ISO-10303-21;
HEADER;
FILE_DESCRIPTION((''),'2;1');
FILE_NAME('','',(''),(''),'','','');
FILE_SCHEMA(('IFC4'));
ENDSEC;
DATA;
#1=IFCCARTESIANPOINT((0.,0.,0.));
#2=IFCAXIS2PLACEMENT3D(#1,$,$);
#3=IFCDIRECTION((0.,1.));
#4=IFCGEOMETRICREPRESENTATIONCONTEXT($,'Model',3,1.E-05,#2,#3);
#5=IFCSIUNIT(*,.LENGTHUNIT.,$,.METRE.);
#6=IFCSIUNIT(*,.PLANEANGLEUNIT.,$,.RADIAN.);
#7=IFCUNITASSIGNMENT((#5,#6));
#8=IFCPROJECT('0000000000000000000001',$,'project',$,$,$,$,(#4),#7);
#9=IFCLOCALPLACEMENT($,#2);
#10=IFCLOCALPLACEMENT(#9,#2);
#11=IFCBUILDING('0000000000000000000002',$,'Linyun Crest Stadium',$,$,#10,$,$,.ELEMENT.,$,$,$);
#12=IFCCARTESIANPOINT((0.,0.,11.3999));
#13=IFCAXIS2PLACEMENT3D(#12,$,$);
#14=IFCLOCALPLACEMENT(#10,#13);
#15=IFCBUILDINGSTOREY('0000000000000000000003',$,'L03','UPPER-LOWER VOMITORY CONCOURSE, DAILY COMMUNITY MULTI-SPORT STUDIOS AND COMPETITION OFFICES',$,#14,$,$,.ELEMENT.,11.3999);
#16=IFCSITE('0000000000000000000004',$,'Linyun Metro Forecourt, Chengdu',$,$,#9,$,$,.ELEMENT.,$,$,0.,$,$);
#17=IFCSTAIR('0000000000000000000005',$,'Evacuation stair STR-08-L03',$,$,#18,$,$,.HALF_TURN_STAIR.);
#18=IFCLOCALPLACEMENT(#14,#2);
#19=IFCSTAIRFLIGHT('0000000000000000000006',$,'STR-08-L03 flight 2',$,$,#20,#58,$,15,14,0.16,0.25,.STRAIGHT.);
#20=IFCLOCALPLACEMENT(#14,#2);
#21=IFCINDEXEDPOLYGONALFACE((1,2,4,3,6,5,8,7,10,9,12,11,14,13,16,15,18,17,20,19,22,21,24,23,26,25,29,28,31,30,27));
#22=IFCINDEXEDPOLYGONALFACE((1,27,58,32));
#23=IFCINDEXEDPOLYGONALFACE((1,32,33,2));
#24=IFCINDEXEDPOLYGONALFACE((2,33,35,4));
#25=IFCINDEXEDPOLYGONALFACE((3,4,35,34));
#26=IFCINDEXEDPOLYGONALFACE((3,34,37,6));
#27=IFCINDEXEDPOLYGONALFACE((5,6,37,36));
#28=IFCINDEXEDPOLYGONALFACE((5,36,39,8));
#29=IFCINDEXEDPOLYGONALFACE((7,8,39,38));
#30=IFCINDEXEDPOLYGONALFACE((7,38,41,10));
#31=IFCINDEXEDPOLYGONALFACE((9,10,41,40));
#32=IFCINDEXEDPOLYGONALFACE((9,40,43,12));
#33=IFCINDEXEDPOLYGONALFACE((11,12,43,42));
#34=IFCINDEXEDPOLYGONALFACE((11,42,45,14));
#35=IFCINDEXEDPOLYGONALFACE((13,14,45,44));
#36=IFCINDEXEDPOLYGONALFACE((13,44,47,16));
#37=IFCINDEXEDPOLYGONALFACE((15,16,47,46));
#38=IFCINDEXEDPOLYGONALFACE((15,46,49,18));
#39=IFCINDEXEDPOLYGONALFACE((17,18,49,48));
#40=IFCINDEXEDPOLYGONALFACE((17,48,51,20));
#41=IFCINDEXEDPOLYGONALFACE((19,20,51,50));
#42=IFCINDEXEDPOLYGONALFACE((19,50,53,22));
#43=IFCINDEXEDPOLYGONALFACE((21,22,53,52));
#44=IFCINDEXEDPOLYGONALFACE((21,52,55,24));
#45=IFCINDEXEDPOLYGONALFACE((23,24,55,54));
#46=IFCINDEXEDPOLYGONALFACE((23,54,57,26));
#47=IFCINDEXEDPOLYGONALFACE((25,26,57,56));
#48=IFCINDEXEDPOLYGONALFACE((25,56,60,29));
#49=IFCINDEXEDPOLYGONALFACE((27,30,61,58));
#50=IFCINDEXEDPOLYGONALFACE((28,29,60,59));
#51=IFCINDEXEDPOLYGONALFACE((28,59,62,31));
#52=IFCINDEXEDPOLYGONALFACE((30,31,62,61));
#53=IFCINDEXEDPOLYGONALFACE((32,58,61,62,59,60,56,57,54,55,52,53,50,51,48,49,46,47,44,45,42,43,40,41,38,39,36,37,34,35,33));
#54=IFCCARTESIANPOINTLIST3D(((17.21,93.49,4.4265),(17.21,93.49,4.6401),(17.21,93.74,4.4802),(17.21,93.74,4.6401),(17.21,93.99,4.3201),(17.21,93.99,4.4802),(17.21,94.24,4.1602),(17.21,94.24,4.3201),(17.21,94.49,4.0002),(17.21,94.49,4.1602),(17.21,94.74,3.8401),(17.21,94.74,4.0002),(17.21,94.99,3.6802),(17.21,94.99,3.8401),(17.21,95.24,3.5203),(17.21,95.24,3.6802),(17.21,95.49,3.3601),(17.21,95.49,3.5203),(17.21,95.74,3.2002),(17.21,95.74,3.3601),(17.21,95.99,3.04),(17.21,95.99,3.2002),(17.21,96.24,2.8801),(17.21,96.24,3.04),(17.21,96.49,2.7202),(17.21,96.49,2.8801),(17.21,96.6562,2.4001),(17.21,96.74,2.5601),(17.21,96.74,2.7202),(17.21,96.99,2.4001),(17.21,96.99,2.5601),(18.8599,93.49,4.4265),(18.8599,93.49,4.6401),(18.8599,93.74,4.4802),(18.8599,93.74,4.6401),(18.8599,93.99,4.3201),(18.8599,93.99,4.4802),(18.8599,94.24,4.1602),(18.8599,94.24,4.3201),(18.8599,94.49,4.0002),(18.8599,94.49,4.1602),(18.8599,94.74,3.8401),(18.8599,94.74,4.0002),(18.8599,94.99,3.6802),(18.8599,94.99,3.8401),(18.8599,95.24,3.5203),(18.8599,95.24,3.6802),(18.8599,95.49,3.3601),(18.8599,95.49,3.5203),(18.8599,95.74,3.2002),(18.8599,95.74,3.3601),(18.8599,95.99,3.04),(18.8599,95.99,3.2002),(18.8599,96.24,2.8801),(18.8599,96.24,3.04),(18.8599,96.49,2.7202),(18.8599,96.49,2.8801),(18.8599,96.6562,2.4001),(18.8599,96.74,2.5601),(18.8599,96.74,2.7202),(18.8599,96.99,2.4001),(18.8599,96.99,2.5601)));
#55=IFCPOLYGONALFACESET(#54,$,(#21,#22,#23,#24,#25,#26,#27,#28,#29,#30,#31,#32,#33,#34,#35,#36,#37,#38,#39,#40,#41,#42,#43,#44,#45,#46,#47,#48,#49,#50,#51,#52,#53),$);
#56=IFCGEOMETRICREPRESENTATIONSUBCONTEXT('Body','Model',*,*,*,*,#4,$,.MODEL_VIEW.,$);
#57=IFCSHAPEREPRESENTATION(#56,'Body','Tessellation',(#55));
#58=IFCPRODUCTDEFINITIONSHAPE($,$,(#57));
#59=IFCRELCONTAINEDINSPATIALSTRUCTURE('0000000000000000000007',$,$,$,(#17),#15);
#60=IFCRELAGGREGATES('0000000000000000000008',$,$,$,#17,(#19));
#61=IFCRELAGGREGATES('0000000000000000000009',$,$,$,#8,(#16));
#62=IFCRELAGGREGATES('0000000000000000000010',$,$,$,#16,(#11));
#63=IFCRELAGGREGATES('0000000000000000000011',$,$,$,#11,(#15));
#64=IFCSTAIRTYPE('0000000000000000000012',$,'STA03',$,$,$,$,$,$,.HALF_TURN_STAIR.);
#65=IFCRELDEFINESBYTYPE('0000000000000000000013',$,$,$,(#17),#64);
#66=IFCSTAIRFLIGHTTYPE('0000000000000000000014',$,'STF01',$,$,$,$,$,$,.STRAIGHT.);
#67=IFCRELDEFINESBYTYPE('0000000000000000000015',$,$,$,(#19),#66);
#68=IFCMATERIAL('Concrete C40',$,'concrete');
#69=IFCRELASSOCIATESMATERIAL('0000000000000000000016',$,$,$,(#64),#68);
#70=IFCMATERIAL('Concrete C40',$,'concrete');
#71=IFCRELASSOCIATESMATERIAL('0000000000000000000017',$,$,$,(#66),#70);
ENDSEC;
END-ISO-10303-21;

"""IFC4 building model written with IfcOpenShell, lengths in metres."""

from ifc_helpers import new_model, si_unit, direction, frame, origin, place, context, subcontext, project, spatial, polyline, outline, extrude, material, type_object, element, aggregate, save


model = new_model("IFC4")

# Units and contexts
model_context = context("Model", 3, precision=1e-05, world=origin(), true_north=direction((0.0, 1.0)))
body_context = subcontext(model_context, "Body", "Model", "MODEL_VIEW")
ifc_project = project(units=[si_unit("LENGTHUNIT", "METRE"), si_unit("PLANEANGLEUNIT", "RADIAN")], contexts=[model_context])

# Site, building, storey
site_placement = place(None, origin())
site = spatial("IfcSite", under=ifc_project, at=site_placement, Name="Linyun Metro Forecourt, Chengdu", CompositionType="ELEMENT", RefElevation=0.0)
building_placement = place(site_placement, origin())
building = spatial("IfcBuilding", under=site, at=building_placement, Name="Linyun Crest Stadium", CompositionType="ELEMENT")
storey_placement = place(building_placement, frame((0.0, 0.0, 11.3999)))
storey = spatial("IfcBuildingStorey", under=building, at=storey_placement, Name="L03", Description="UPPER-LOWER VOMITORY CONCOURSE, DAILY COMMUNITY MULTI-SPORT STUDIOS AND COMPETITION OFFICES", CompositionType="ELEMENT", Elevation=11.3999)

# Stair, stair flight
ifc_material_1 = material(Name="Concrete C40", Category="concrete")
stair_type = type_object("IfcStairType", Name="STA03", PredefinedType="HALF_TURN_STAIR", material=ifc_material_1)
stair_placement = place(storey_placement, origin())
stair = element("IfcStair", 1, at=stair_placement, inside=storey, type_object=stair_type, Name="Evacuation stair STR-08-L03", PredefinedType="HALF_TURN_STAIR")
ifc_material_2 = material(Name="Concrete C40", Category="concrete")
stair_flight_type = type_object("IfcStairFlightType", Name="STF01", PredefinedType="STRAIGHT", material=ifc_material_2)
stair_flight_1_placement = place(storey_placement, frame((18.0349, 96.99, 2.4001), z_axis=(0.0, 0.0, 1.0), x_axis=(0.0, -1.0, 0.0)))
stair_flight_1 = element("IfcStairFlight", 2, at=stair_flight_1_placement, type_object=stair_flight_type, Name="STR-08-L03 flight 2", NumberOfRisers=15, NumberOfTreads=14, PredefinedType="STRAIGHT", RiserHeight=0.16, TreadLength=0.25, context=body_context, shape_type="SweptSolid", body=[
    extrude(outline(polyline([(0.0, 0.0), (0.0, 0.1599), (0.25, 0.1599), (0.25, 0.3201), (0.5, 0.3201), (0.5, 0.48), (0.75, 0.48), (0.75, 0.6399), (1.0, 0.6399), (1.0, 0.8), (1.25, 0.8), (1.25, 0.96), (1.5, 0.96), (1.5, 1.1201), (1.75, 1.1201), (1.75, 1.28), (2.0, 1.28), (2.0, 1.4399), (2.25, 1.4399), (2.25, 1.6001), (2.5, 1.6001), (2.5, 1.76), (2.75, 1.76), (2.75, 1.9199), (3.0, 1.9199), (3.0, 2.0801), (3.25, 2.0801), (3.25, 2.24), (3.5, 2.24), (3.5, 2.3999), (3.5, 2.0264), (0.3337, 0.0), (0.0, 0.0)])), frame((0.0, 0.825, 0.0), z_axis=(0.0, -1.0, 0.0), x_axis=(1.0, 0.0, 0.0)), (0.0, 0.0, 1.0), 1.6499),
])
aggregate(stair, [stair_flight_1])

save(model, "model.ifc")
